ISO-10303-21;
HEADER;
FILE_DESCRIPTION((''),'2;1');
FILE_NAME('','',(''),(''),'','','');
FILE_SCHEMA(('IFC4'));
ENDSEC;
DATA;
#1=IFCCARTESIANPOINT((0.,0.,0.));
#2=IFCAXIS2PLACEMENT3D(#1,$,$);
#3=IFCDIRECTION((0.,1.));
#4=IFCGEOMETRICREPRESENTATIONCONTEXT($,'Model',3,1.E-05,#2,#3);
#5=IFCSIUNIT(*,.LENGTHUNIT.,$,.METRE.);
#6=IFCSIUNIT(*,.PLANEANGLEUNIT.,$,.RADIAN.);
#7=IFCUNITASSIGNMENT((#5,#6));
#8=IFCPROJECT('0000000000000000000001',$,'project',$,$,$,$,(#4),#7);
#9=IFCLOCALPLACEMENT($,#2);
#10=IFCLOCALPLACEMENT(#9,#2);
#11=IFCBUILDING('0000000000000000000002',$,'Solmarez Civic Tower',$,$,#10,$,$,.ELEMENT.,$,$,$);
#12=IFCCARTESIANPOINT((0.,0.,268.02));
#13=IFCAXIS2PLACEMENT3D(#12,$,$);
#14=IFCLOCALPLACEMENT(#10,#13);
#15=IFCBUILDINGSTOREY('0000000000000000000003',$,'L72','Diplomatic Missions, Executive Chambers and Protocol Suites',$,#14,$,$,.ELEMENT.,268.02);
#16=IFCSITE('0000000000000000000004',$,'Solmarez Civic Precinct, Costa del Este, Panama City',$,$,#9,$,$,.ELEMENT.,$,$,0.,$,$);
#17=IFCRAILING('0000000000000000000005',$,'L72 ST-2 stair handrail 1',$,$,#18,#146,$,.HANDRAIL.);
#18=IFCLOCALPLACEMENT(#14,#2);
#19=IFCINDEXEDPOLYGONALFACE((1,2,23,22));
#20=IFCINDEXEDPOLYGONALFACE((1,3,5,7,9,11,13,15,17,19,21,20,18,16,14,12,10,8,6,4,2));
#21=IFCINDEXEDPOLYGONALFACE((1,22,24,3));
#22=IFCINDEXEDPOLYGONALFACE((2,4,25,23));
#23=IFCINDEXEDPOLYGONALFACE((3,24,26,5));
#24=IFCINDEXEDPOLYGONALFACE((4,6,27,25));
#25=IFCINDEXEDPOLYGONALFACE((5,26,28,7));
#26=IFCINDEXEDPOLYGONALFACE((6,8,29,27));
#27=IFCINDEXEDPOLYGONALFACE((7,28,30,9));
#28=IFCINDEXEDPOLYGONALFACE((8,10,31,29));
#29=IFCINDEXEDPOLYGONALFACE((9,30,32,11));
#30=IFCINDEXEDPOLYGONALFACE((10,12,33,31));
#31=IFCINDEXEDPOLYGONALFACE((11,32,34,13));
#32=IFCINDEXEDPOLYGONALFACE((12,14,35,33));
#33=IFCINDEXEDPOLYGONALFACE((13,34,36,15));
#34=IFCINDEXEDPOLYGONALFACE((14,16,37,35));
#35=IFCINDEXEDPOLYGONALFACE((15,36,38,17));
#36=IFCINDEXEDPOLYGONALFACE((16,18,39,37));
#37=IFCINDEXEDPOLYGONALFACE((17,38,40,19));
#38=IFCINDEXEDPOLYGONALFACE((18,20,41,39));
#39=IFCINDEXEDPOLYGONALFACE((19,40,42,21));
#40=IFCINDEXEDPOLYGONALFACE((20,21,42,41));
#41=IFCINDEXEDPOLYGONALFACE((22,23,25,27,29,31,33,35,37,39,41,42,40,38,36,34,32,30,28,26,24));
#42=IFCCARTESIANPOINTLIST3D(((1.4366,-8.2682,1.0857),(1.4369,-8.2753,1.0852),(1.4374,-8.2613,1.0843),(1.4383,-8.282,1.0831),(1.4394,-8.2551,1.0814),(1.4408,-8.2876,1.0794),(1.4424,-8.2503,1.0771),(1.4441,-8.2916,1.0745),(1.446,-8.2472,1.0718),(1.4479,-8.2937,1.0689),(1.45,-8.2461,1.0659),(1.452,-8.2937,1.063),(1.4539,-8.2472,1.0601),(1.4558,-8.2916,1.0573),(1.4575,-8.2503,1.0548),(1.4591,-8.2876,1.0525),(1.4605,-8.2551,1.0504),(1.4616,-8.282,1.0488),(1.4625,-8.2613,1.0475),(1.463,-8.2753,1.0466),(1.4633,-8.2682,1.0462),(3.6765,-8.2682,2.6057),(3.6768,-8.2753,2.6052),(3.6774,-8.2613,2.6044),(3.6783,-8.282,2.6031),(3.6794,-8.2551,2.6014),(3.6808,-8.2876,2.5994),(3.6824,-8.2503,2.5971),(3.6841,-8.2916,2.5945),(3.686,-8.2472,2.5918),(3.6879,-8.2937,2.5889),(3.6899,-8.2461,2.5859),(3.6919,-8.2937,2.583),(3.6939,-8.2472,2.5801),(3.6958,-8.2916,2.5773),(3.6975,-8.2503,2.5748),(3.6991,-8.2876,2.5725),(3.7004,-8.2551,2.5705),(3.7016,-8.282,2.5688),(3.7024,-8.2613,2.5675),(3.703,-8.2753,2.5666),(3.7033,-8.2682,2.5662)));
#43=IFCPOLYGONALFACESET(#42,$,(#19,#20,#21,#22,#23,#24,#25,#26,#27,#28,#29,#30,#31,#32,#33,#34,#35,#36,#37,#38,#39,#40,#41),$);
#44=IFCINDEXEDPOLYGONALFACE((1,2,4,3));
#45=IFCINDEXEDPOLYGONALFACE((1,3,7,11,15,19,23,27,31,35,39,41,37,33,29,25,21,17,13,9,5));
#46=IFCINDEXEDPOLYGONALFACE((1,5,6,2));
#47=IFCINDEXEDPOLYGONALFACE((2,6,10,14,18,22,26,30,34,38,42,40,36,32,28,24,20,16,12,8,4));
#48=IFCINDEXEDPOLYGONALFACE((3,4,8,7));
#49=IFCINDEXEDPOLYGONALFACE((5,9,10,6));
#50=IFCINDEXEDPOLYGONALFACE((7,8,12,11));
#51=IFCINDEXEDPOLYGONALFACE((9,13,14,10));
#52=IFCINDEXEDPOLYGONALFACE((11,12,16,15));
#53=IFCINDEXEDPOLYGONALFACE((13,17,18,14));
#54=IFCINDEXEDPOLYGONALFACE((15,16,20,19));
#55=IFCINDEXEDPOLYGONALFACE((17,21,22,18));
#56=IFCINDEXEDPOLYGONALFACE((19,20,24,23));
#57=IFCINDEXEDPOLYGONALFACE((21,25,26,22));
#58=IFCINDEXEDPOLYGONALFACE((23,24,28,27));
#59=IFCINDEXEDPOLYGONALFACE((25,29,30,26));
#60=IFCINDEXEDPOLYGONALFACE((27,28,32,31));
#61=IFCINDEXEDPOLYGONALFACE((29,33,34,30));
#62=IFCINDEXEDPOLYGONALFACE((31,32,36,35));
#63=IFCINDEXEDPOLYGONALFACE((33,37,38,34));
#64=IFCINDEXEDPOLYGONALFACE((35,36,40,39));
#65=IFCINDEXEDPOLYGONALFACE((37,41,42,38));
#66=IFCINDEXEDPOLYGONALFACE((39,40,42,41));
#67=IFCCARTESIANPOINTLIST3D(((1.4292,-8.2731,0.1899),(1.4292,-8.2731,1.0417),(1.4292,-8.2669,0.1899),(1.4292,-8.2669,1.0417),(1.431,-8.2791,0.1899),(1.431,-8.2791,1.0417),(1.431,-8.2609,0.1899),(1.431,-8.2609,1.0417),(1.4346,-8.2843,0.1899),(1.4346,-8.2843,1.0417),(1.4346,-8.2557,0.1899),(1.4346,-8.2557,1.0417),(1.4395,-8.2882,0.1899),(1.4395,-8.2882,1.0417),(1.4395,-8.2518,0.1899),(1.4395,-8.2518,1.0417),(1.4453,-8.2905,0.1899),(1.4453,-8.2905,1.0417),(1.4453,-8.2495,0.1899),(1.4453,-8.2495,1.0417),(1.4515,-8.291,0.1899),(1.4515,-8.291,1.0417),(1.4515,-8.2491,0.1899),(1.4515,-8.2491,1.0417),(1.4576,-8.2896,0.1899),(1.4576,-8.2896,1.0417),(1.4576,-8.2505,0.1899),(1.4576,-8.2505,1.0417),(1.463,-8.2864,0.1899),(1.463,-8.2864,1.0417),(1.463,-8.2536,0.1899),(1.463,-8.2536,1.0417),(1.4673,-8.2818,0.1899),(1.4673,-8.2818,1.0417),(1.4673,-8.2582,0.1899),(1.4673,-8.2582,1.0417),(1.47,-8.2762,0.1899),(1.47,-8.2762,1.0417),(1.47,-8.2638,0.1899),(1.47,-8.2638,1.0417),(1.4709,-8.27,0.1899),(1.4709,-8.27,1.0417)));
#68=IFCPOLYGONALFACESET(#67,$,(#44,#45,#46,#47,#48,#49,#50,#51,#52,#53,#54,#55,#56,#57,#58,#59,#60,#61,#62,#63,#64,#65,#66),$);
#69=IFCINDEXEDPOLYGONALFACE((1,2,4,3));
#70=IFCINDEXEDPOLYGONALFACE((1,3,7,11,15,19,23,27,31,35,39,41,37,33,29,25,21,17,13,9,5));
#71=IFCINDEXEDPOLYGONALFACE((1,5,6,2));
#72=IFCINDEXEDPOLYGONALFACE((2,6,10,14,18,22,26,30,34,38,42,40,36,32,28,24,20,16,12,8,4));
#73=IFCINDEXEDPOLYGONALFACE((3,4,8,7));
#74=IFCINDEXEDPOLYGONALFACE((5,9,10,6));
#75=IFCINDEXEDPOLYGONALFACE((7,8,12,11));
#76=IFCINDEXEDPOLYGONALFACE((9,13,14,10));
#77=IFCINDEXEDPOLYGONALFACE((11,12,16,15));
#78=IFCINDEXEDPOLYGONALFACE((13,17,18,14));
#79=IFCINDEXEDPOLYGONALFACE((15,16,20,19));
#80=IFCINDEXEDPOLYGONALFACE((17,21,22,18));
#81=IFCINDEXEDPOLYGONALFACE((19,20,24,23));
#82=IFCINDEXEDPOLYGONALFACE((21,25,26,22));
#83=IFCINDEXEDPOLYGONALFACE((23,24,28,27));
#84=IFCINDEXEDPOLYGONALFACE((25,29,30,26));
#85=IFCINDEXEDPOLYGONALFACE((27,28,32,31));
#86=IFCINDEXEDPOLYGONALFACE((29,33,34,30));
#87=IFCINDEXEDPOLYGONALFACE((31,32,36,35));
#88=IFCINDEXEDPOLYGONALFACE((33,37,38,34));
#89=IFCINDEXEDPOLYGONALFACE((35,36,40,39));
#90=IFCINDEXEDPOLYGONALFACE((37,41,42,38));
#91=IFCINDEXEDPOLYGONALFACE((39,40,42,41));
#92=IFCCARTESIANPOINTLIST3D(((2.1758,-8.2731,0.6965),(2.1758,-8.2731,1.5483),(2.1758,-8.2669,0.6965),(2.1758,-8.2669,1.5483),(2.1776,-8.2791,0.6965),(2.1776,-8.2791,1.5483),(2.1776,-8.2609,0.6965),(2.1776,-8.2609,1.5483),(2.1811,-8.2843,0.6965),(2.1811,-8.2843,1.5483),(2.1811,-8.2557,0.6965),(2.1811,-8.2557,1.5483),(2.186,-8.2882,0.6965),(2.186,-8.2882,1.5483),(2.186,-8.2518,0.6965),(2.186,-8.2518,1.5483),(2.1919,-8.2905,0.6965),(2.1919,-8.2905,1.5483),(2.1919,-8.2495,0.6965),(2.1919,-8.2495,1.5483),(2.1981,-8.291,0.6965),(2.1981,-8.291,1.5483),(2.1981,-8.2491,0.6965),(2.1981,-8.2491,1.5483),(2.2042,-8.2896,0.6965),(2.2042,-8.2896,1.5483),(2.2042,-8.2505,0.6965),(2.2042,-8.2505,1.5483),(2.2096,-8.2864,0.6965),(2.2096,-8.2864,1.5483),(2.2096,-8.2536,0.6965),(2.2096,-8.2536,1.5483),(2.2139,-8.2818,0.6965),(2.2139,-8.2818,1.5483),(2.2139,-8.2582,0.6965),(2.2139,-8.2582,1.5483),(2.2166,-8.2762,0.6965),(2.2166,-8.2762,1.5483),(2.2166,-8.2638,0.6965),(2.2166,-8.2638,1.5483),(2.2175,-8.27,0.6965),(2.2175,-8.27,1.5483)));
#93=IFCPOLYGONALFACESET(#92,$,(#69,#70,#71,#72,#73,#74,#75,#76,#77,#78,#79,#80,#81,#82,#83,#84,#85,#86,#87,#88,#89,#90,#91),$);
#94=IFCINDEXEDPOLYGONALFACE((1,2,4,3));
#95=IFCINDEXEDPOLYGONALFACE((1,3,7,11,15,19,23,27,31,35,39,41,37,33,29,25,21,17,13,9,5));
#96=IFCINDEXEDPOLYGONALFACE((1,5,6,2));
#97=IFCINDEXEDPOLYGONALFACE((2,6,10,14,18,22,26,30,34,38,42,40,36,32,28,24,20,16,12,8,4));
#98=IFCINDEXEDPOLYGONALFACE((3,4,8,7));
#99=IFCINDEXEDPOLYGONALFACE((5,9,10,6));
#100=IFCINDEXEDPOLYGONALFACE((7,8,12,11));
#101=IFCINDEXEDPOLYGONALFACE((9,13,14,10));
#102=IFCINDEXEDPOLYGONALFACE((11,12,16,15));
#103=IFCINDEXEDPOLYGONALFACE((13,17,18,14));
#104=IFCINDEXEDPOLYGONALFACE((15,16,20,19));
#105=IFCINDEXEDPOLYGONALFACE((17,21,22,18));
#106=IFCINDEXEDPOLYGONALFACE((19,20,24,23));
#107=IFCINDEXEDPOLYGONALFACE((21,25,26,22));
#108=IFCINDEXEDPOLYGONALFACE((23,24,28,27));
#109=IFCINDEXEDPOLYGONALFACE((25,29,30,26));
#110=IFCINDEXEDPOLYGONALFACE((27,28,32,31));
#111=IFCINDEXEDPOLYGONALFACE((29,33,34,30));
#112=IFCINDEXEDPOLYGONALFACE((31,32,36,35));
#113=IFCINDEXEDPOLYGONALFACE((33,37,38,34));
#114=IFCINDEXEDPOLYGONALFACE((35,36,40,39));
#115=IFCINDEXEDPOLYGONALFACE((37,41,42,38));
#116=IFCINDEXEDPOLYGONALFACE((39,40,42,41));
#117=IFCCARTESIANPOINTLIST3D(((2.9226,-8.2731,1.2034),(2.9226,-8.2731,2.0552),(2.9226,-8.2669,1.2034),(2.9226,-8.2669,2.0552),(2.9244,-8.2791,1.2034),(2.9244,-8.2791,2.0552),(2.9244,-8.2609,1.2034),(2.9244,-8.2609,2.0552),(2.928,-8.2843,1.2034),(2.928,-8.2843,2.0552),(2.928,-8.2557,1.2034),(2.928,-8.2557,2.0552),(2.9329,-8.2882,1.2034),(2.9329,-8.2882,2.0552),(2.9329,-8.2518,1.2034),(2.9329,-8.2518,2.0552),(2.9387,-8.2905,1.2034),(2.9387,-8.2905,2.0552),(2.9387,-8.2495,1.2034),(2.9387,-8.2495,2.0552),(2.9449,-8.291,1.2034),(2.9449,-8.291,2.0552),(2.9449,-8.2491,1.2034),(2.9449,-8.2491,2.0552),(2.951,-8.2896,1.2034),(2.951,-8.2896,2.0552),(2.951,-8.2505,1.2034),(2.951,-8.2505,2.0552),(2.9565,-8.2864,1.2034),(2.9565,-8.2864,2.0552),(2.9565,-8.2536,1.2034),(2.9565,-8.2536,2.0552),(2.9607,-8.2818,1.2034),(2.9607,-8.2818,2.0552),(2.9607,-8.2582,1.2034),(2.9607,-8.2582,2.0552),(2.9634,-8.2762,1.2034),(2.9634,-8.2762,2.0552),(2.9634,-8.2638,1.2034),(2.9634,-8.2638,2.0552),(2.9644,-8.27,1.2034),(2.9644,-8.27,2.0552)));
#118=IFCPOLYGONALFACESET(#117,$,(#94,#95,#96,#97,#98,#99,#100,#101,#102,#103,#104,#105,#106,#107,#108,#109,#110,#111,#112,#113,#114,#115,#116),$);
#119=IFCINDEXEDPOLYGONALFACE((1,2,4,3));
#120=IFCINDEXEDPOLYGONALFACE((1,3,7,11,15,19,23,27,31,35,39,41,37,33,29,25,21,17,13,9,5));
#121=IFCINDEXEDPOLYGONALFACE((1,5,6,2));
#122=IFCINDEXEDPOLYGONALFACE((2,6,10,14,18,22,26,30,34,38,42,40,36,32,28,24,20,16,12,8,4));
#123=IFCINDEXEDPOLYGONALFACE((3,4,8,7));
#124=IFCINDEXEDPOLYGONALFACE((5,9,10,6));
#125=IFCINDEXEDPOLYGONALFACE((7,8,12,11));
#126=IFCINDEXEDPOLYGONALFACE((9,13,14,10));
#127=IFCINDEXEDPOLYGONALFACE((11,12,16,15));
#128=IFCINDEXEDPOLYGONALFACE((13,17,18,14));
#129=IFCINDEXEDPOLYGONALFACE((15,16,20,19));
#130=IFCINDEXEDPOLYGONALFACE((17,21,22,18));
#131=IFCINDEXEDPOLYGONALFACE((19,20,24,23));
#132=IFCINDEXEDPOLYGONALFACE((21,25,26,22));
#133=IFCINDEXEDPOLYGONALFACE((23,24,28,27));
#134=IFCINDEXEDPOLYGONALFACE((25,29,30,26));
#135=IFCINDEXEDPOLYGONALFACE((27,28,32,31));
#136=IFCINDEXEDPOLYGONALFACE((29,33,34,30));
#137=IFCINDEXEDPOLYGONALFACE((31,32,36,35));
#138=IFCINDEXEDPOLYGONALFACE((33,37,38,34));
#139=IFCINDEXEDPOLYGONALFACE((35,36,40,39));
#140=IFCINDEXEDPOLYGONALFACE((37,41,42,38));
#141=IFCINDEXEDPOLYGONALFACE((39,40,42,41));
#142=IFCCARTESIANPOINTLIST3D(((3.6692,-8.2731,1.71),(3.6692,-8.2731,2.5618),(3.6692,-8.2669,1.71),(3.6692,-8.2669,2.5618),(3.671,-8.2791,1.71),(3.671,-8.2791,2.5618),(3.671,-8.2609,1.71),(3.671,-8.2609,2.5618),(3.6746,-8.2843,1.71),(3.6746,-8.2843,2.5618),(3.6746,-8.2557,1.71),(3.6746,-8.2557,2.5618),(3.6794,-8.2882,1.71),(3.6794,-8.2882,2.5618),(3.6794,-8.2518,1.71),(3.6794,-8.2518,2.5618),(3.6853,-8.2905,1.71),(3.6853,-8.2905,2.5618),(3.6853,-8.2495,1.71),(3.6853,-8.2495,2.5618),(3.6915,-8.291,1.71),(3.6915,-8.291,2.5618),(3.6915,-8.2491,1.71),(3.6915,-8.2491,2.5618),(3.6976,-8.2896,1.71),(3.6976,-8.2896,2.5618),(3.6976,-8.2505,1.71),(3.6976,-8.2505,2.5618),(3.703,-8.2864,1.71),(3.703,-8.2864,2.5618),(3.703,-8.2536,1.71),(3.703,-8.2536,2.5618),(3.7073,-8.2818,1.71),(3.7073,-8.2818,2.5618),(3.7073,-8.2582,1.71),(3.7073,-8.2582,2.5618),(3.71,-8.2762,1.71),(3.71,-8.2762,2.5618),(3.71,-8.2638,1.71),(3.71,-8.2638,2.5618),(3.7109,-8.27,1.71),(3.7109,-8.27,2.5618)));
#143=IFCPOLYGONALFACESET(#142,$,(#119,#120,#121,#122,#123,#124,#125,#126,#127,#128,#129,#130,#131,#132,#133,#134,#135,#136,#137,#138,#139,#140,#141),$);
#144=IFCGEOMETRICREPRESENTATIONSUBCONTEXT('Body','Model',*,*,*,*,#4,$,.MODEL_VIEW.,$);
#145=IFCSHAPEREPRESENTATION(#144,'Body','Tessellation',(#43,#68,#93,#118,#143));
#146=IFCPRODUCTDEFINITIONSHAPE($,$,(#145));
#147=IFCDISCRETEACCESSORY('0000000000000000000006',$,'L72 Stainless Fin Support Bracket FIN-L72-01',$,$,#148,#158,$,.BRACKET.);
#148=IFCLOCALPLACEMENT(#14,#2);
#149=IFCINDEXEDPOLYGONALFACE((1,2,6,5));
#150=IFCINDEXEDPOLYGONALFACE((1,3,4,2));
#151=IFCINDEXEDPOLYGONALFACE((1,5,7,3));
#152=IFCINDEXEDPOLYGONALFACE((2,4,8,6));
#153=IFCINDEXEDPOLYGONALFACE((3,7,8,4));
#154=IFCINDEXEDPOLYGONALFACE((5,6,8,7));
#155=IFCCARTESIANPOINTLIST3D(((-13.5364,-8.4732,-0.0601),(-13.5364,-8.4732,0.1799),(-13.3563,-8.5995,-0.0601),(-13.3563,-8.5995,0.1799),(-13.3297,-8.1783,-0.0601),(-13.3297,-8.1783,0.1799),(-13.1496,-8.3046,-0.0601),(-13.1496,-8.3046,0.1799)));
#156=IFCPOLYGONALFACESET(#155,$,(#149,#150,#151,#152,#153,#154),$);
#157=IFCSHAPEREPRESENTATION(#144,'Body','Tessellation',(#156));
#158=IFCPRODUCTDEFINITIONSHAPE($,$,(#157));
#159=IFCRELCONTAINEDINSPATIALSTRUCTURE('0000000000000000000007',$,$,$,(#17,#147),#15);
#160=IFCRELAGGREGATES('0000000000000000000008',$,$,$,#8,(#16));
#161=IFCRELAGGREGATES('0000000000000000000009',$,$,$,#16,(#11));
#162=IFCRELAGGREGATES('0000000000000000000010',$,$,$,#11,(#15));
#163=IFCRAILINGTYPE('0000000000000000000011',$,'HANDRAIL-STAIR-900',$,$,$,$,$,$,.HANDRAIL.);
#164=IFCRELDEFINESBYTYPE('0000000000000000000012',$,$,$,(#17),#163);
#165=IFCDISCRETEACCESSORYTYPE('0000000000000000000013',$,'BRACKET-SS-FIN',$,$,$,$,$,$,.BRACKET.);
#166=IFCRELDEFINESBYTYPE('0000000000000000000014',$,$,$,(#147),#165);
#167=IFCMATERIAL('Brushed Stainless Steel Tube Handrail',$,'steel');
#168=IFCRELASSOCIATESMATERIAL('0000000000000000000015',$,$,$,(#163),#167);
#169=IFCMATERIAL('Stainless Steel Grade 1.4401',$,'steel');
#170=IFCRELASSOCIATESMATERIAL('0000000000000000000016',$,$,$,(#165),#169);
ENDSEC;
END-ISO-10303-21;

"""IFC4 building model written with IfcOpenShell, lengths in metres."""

from ifc_helpers import new_model, si_unit, direction, frame, origin, origin_2d, place, context, subcontext, project, spatial, rectangle, circle, extrude, material, type_object, element, save


model = new_model("IFC4")

# Units and contexts
model_context = context("Model", 3, precision=1e-05, world=origin(), true_north=direction((0.0, 1.0)))
body_context = subcontext(model_context, "Body", "Model", "MODEL_VIEW")
ifc_project = project(units=[si_unit("LENGTHUNIT", "METRE"), si_unit("PLANEANGLEUNIT", "RADIAN")], contexts=[model_context])

# Site, building, storey
site_placement = place(None, origin())
site = spatial("IfcSite", under=ifc_project, at=site_placement, Name="Solmarez Civic Precinct, Costa del Este, Panama City", CompositionType="ELEMENT", RefElevation=0.0)
building_placement = place(site_placement, origin())
building = spatial("IfcBuilding", under=site, at=building_placement, Name="Solmarez Civic Tower", CompositionType="ELEMENT")
storey_placement = place(building_placement, frame((0.0, 0.0, 268.02)))
storey = spatial("IfcBuildingStorey", under=building, at=storey_placement, Name="L72", Description="Diplomatic Missions, Executive Chambers and Protocol Suites", CompositionType="ELEMENT", Elevation=268.02)

# Railing
ifc_material_1 = material(Name="Brushed Stainless Steel Tube Handrail", Category="steel")
railing_type_1 = type_object("IfcRailingType", Name="HANDRAIL-STAIR-900", PredefinedType="HANDRAIL", material=ifc_material_1)
railing_1_placement = place(storey_placement, frame((1.45, -8.27, 0.1899)))
element("IfcRailing", 1, at=railing_1_placement, inside=storey, type_object=railing_type_1, Name="L72 ST-2 stair handrail 1", PredefinedType="HANDRAIL", context=body_context, shape_type="SweptSolid", body=[
    extrude(circle(Radius=0.0239, at=origin_2d()), frame((0.0, 0.0, 0.876), z_axis=(0.827471, 0.0, 0.561508), x_axis=(0.0, 1.0, 0.0)), (0.0, 0.0, 1.0), 2.707),
    extrude(circle(Radius=0.021, at=origin_2d()), origin(), (0.0, 0.0, 1.0), 0.8518),
    extrude(circle(Radius=0.021, at=origin_2d()), frame((0.7466, 0.0, 0.5066)), (0.0, 0.0, 1.0), 0.8518),
    extrude(circle(Radius=0.021, at=origin_2d()), frame((1.4934, 0.0, 1.0134)), (0.0, 0.0, 1.0), 0.8518),
    extrude(circle(Radius=0.021, at=origin_2d()), frame((2.24, 0.0, 1.52)), (0.0, 0.0, 1.0), 0.8518),
])

# Discrete accessory
ifc_material_2 = material(Name="Stainless Steel Grade 1.4401", Category="steel")
discrete_accessory_type = type_object("IfcDiscreteAccessoryType", Name="BRACKET-SS-FIN", PredefinedType="BRACKET", material=ifc_material_2)
discrete_accessory_placement = place(storey_placement, frame((-13.343, -8.3889, -0.0601), z_axis=(0.0, 0.0, 1.0), x_axis=(-0.574168, -0.818738, 0.0)))
element("IfcDiscreteAccessory", 2, at=discrete_accessory_placement, inside=storey, type_object=discrete_accessory_type, Name="L72 Stainless Fin Support Bracket FIN-L72-01", PredefinedType="BRACKET", context=body_context, shape_type="SweptSolid", body=[
    extrude(rectangle(XDim=0.3601, YDim=0.22, at=origin_2d()), origin(), (0.0, 0.0, 1.0), 0.24),
])

save(model, "model.ifc")
